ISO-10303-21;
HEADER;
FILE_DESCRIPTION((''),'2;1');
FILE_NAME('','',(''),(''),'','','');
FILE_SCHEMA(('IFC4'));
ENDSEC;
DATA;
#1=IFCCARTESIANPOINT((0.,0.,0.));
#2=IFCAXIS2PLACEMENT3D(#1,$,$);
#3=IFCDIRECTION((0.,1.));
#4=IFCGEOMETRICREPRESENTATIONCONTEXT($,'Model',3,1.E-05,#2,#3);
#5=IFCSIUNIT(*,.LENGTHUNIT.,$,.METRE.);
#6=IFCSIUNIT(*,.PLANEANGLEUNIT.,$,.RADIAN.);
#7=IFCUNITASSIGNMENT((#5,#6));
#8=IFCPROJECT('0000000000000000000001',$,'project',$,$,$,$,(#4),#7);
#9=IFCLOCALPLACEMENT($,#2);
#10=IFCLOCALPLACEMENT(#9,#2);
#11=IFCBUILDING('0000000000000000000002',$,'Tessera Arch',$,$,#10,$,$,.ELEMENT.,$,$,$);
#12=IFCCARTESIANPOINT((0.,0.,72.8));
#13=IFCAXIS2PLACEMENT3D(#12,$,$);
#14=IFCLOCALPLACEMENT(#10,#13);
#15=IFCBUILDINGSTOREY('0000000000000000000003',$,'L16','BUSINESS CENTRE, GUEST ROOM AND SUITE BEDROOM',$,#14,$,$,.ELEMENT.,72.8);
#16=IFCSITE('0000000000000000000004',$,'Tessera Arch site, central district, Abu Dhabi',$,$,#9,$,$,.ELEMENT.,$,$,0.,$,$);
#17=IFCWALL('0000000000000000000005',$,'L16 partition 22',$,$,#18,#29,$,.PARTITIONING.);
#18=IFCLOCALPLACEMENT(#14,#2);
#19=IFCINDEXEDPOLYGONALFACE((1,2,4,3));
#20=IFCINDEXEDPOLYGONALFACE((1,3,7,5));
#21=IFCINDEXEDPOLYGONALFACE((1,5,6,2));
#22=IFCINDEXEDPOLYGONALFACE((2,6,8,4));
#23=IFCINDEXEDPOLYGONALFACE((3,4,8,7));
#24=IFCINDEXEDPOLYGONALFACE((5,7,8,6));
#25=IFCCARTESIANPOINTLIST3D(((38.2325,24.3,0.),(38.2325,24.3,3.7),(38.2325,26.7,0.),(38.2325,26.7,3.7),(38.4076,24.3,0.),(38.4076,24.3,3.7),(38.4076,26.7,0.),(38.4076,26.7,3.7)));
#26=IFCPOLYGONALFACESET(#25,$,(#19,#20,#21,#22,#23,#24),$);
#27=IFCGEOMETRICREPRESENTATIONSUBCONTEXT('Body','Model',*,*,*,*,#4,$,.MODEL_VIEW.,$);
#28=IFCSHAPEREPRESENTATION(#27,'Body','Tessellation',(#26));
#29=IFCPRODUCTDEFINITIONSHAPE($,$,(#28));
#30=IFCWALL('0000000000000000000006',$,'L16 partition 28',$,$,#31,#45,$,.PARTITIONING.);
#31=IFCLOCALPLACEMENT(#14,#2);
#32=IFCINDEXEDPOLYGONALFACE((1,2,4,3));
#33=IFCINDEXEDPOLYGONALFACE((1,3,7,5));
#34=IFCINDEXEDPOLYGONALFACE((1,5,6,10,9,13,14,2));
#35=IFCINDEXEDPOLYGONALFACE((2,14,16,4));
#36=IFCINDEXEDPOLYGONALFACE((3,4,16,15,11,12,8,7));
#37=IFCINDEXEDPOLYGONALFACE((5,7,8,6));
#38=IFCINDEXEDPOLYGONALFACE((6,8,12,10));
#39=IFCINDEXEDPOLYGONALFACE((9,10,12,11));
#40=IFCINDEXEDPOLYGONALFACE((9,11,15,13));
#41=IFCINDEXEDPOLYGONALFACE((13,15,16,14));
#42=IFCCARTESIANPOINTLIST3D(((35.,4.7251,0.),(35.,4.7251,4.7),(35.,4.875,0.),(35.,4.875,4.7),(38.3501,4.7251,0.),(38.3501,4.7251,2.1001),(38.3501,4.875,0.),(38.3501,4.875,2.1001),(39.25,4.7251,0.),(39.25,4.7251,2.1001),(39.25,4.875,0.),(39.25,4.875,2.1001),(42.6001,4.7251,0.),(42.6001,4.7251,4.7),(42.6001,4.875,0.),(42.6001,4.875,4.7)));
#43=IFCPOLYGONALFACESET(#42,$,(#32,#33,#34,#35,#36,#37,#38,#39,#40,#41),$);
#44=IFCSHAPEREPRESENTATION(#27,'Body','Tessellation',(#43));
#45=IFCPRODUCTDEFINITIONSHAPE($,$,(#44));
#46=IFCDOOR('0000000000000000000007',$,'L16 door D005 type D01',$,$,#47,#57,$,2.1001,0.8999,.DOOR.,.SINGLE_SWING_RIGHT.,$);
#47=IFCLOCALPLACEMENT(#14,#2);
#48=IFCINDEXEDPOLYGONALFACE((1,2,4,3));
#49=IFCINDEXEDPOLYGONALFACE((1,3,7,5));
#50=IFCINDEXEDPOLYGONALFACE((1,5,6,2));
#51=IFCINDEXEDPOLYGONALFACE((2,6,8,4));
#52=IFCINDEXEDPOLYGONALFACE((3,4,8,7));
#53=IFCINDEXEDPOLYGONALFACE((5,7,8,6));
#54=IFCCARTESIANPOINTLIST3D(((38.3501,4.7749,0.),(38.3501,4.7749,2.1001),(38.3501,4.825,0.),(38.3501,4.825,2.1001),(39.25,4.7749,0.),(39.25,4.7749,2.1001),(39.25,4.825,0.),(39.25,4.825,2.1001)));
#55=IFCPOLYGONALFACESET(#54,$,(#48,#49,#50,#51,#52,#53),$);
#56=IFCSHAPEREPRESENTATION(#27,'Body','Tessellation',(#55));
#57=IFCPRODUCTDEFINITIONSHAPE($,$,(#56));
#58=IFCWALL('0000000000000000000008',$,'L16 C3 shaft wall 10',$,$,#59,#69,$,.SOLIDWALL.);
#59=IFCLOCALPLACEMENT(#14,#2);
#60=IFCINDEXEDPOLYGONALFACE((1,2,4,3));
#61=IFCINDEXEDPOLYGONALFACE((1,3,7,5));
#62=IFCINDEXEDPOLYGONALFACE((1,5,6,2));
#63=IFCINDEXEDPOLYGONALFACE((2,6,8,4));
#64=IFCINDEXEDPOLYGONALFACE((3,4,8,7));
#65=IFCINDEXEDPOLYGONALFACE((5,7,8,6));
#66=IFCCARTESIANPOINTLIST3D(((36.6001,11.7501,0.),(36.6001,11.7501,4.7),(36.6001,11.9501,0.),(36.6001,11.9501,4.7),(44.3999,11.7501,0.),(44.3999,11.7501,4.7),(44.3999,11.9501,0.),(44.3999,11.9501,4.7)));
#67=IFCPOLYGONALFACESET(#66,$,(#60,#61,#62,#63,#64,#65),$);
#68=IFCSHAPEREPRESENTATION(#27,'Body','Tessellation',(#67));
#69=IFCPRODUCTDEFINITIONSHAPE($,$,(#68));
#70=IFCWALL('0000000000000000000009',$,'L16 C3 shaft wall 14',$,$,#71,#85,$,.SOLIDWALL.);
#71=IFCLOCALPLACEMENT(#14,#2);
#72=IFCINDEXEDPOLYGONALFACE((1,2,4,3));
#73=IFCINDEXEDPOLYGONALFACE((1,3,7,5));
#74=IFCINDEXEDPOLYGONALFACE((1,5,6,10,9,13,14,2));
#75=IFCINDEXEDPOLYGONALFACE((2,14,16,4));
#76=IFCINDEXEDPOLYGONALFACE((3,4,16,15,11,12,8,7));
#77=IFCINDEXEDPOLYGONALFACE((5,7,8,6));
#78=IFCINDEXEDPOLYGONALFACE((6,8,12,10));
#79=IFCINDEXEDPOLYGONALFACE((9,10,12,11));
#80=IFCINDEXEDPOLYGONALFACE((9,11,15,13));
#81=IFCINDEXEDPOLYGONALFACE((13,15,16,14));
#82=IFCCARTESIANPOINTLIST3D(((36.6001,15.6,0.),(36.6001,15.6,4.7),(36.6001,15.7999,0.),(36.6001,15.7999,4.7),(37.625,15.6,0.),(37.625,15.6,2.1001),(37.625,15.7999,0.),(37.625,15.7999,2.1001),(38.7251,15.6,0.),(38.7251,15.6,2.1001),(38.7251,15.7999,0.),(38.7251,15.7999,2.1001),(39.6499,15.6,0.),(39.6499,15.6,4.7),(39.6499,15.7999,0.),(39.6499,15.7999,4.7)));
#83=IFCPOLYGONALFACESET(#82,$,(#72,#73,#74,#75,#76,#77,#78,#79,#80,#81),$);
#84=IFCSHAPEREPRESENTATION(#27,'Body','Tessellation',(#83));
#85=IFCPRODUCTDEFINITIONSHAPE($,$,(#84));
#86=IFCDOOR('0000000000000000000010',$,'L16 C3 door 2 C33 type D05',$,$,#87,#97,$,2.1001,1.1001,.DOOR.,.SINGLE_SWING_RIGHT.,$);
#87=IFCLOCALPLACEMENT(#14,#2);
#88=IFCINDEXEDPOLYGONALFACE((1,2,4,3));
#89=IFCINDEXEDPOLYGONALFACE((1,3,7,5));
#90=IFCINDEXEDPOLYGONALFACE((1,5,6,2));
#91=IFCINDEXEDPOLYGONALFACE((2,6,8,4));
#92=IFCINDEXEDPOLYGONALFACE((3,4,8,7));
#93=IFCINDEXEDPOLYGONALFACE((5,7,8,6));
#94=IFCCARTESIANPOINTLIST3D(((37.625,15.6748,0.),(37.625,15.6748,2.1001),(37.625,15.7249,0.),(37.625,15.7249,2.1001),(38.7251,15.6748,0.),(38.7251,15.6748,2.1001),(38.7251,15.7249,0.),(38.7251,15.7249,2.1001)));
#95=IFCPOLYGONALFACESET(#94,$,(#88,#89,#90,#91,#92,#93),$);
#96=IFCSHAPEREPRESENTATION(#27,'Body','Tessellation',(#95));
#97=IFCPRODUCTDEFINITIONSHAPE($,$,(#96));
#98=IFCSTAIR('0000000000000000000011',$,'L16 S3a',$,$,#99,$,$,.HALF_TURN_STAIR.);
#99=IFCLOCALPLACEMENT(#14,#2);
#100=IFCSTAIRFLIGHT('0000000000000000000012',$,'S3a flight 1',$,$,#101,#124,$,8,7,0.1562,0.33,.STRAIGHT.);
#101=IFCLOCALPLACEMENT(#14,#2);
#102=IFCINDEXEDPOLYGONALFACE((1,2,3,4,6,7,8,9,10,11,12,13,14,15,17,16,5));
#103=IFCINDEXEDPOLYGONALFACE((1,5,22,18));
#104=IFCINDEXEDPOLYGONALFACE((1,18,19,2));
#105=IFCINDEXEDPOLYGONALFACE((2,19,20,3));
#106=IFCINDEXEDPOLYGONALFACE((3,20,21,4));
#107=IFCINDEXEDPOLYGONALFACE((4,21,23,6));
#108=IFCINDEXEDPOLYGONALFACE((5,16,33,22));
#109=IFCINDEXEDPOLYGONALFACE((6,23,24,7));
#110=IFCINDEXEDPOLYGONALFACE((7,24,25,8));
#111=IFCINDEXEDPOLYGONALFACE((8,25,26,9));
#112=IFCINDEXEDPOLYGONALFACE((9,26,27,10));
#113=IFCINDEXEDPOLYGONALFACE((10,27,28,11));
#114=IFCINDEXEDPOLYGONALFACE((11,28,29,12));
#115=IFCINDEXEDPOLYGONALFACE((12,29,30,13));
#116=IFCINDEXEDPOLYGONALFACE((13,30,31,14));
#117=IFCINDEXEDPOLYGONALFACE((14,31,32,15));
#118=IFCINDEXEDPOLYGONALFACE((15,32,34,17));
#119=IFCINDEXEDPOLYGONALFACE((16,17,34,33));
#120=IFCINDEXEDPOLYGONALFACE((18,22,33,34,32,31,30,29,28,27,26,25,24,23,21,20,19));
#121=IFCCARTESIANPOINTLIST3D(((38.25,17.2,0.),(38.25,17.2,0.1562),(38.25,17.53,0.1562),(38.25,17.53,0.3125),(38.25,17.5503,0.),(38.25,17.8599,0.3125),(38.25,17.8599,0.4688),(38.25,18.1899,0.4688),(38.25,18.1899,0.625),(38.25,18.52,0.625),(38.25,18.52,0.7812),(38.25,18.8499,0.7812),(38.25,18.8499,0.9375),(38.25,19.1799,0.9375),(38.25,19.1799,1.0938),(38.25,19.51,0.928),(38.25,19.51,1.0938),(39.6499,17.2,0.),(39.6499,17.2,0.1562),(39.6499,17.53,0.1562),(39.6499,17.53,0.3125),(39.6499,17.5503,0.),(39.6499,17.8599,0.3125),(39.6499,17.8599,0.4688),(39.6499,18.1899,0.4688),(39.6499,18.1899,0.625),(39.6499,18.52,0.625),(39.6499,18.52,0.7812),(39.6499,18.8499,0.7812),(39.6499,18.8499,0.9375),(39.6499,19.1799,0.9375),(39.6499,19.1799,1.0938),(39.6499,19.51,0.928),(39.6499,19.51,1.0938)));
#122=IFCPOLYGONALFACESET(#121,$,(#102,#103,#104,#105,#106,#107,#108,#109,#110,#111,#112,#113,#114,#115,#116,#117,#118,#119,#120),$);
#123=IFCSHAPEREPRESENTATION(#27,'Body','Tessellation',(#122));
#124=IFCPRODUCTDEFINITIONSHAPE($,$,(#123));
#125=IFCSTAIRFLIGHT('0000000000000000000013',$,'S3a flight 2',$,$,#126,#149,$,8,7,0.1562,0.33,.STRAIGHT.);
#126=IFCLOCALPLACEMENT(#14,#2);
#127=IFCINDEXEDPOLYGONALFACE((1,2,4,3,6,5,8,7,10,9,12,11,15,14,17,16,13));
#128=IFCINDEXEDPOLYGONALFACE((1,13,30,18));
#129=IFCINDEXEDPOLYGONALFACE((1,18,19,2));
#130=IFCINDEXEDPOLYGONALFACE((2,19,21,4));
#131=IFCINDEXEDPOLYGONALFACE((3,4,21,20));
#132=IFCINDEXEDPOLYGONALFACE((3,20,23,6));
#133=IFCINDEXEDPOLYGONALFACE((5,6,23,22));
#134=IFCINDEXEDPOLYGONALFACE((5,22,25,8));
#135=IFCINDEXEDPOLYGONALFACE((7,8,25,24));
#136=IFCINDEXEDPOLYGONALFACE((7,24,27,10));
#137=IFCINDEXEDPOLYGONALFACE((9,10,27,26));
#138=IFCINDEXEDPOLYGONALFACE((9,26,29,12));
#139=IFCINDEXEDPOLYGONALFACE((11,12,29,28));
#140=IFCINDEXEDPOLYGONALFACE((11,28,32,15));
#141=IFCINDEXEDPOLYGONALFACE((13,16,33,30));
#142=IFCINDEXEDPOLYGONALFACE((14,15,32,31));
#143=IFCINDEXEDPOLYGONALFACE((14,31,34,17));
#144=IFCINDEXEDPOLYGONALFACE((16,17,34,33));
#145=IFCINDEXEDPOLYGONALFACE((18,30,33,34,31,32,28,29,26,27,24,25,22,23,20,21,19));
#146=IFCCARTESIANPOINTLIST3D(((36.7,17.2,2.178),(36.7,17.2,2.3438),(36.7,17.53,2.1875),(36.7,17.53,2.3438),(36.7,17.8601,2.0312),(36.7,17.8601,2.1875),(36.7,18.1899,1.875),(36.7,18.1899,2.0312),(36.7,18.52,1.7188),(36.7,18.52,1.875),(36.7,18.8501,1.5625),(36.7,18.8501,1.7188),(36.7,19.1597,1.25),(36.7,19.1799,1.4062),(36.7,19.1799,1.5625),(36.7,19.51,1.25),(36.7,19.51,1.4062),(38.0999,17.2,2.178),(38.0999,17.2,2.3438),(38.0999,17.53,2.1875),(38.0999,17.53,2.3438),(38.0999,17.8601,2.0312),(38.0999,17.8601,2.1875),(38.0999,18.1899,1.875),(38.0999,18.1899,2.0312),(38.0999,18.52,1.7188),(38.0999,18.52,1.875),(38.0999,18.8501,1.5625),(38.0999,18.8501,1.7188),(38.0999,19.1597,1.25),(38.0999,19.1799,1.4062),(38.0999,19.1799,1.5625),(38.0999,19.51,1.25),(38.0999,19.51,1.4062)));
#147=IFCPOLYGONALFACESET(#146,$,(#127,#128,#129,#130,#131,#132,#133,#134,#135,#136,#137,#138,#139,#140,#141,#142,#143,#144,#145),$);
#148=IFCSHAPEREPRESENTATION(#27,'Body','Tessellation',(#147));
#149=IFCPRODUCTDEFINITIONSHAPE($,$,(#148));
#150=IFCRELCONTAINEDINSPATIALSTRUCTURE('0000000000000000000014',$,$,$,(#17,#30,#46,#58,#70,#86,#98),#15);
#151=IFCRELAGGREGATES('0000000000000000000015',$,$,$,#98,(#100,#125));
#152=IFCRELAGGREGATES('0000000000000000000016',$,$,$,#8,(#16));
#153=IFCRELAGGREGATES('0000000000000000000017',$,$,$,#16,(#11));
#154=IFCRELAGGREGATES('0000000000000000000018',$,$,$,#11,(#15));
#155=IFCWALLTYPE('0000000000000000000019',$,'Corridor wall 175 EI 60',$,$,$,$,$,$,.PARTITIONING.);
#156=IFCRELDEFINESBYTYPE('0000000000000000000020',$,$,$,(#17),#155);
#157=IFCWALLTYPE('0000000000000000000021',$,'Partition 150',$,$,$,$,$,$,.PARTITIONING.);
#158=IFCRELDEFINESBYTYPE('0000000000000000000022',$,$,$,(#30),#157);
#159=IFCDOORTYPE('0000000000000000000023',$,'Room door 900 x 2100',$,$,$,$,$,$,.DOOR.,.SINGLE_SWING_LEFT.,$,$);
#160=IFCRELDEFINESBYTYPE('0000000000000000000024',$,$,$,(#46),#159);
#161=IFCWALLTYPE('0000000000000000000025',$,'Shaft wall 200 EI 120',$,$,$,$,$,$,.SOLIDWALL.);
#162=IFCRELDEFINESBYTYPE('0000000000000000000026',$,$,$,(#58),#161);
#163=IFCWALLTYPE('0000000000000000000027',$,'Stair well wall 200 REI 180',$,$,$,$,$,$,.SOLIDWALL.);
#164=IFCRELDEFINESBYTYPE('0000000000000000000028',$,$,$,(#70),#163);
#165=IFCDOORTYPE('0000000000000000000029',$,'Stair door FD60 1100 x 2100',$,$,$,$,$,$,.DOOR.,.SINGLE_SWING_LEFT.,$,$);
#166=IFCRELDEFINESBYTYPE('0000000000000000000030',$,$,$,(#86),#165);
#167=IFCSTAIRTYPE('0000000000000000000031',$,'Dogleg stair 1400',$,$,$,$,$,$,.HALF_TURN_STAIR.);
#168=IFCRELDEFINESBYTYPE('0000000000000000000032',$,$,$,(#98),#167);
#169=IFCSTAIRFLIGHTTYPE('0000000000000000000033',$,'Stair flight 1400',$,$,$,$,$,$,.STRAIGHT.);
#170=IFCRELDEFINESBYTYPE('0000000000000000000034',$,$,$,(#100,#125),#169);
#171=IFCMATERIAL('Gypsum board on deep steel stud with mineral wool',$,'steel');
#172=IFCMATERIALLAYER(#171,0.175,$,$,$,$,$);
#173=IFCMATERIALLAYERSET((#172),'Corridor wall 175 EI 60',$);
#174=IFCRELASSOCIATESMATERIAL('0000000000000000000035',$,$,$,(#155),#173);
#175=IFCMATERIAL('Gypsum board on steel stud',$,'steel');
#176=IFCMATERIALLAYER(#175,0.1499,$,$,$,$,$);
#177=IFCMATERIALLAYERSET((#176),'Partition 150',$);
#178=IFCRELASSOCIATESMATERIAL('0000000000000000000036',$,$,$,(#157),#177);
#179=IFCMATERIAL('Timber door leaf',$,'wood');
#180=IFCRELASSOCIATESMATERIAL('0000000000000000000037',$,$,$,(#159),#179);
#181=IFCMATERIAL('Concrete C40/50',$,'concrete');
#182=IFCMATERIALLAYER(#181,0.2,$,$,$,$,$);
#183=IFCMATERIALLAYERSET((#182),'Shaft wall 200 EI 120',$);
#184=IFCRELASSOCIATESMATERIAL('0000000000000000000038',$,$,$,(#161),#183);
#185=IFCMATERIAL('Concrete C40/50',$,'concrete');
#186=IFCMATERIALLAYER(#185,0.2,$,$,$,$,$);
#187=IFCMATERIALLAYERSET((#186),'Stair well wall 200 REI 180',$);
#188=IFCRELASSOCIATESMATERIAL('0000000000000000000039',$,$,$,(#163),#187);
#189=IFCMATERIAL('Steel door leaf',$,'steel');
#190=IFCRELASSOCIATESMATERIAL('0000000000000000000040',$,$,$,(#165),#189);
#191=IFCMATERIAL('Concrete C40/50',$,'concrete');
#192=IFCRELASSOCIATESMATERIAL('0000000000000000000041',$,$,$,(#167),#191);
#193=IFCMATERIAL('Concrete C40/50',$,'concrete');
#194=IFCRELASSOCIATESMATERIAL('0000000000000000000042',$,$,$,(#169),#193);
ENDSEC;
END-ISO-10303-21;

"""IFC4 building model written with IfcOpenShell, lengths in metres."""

from ifc_helpers import new_model, si_unit, direction, frame, frame_2d, origin, place, context, subcontext, project, spatial, polyline, rectangle, outline, extrude, material, layer, layer_set, type_object, element, fill, aggregate, save


model = new_model("IFC4")

# Units and contexts
model_context = context("Model", 3, precision=1e-05, world=origin(), true_north=direction((0.0, 1.0)))
body_context = subcontext(model_context, "Body", "Model", "MODEL_VIEW")
ifc_project = project(units=[si_unit("LENGTHUNIT", "METRE"), si_unit("PLANEANGLEUNIT", "RADIAN")], contexts=[model_context])

# Site, building, storey
site_placement = place(None, origin())
site = spatial("IfcSite", under=ifc_project, at=site_placement, Name="Tessera Arch site, central district, Abu Dhabi", CompositionType="ELEMENT", RefElevation=0.0)
building_placement = place(site_placement, origin())
building = spatial("IfcBuilding", under=site, at=building_placement, Name="Tessera Arch", CompositionType="ELEMENT")
storey_placement = place(building_placement, frame((0.0, 0.0, 72.8)))
storey = spatial("IfcBuildingStorey", under=building, at=storey_placement, Name="L16", Description="BUSINESS CENTRE, GUEST ROOM AND SUITE BEDROOM", CompositionType="ELEMENT", Elevation=72.8)

# Shared definitions
ifc_material_1 = material(Name="Gypsum board on deep steel stud with mineral wool", Category="steel")
ifc_layer_1 = layer(ifc_material_1, 0.175)
ifc_layer_set_1 = layer_set([ifc_layer_1], Name="Corridor wall 175 EI 60")
wall_type_1 = type_object("IfcWallType", Name="Corridor wall 175 EI 60", PredefinedType="PARTITIONING", material=ifc_layer_set_1)

# Wall
wall_1_placement = place(storey_placement, frame((38.3201, 24.3, 0.0), z_axis=(0.0, 0.0, 1.0), x_axis=(0.0, 1.0, 0.0)))
element("IfcWall", 1, at=wall_1_placement, inside=storey, type_object=wall_type_1, Name="L16 partition 22", PredefinedType="PARTITIONING", context=body_context, shape_type="SweptSolid", body=[
    extrude(rectangle(XDim=2.3999, YDim=0.175, at=frame_2d((1.2, 0.0))), origin(), (0.0, 0.0, 1.0), 3.7),
])

# Wall, opening, door
ifc_material_2 = material(Name="Gypsum board on steel stud", Category="steel")
ifc_layer_2 = layer(ifc_material_2, 0.1499)
ifc_layer_set_2 = layer_set([ifc_layer_2], Name="Partition 150")
wall_type_2 = type_object("IfcWallType", Name="Partition 150", PredefinedType="PARTITIONING", material=ifc_layer_set_2)
wall_2_placement = place(storey_placement, frame((35.0, 4.8, 0.0), z_axis=(0.0, 0.0, 1.0), x_axis=(1.0, 0.0, 0.0)))
wall_2 = element("IfcWall", 2, at=wall_2_placement, inside=storey, type_object=wall_type_2, Name="L16 partition 28", PredefinedType="PARTITIONING", context=body_context, shape_type="SweptSolid", body=[
    extrude(rectangle(XDim=7.6001, YDim=0.1499, at=frame_2d((3.8, 0.0))), origin(), (0.0, 0.0, 1.0), 4.7),
])
opening_1_placement = place(wall_2_placement, frame((3.3501, 0.0, 0.0)))
opening_1 = element("IfcOpeningElement", 3, at=opening_1_placement, cuts=wall_2, PredefinedType="OPENING", context=body_context, shape_type="SweptSolid", body=[
    extrude(rectangle(XDim=0.8999, YDim=2.1001, at=frame_2d((0.45, 1.05))), frame((0.0, 0.085, 0.0), z_axis=(0.0, -1.0, 0.0), x_axis=(1.0, 0.0, 0.0)), (0.0, 0.0, 1.0), 0.1699),
])
ifc_material_3 = material(Name="Timber door leaf", Category="wood")
door_type_1 = type_object("IfcDoorType", Name="Room door 900 x 2100", OperationType="SINGLE_SWING_LEFT", PredefinedType="DOOR", material=ifc_material_3)
door_1_placement = place(opening_1_placement, origin())
door_1 = element("IfcDoor", 4, at=door_1_placement, inside=storey, type_object=door_type_1, Name="L16 door D005 type D01", OperationType="SINGLE_SWING_RIGHT", OverallHeight=2.1001, OverallWidth=0.8999, PredefinedType="DOOR", context=body_context, shape_type="SweptSolid", body=[
    extrude(rectangle(XDim=0.8999, YDim=2.1001, at=frame_2d((0.45, 1.05))), frame((0.0, 0.0249, 0.0), z_axis=(0.0, -1.0, 0.0), x_axis=(1.0, 0.0, 0.0)), (0.0, 0.0, 1.0), 0.05),
])
fill(opening_1, door_1)

# Wall
ifc_material_4 = material(Name="Concrete C40/50", Category="concrete")
ifc_layer_3 = layer(ifc_material_4, 0.2)
ifc_layer_set_3 = layer_set([ifc_layer_3], Name="Shaft wall 200 EI 120")
wall_type_3 = type_object("IfcWallType", Name="Shaft wall 200 EI 120", PredefinedType="SOLIDWALL", material=ifc_layer_set_3)
wall_3_placement = place(storey_placement, frame((36.6001, 11.8501, 0.0), z_axis=(0.0, 0.0, 1.0), x_axis=(1.0, 0.0, 0.0)))
element("IfcWall", 5, at=wall_3_placement, inside=storey, type_object=wall_type_3, Name="L16 C3 shaft wall 10", PredefinedType="SOLIDWALL", context=body_context, shape_type="SweptSolid", body=[
    extrude(rectangle(XDim=7.7998, YDim=0.2, at=frame_2d((3.8999, 0.0))), origin(), (0.0, 0.0, 1.0), 4.7),
])

# Wall, opening, door
ifc_material_5 = material(Name="Concrete C40/50", Category="concrete")
ifc_layer_4 = layer(ifc_material_5, 0.2)
ifc_layer_set_4 = layer_set([ifc_layer_4], Name="Stair well wall 200 REI 180")
wall_type_4 = type_object("IfcWallType", Name="Stair well wall 200 REI 180", PredefinedType="SOLIDWALL", material=ifc_layer_set_4)
wall_4_placement = place(storey_placement, frame((36.6001, 15.7, 0.0), z_axis=(0.0, 0.0, 1.0), x_axis=(1.0, 0.0, 0.0)))
wall_4 = element("IfcWall", 6, at=wall_4_placement, inside=storey, type_object=wall_type_4, Name="L16 C3 shaft wall 14", PredefinedType="SOLIDWALL", context=body_context, shape_type="SweptSolid", body=[
    extrude(rectangle(XDim=3.0498, YDim=0.2, at=frame_2d((1.5249, 0.0))), origin(), (0.0, 0.0, 1.0), 4.7),
])
opening_2_placement = place(wall_4_placement, frame((1.0249, 0.0, 0.0)))
opening_2 = element("IfcOpeningElement", 7, at=opening_2_placement, cuts=wall_4, PredefinedType="OPENING", context=body_context, shape_type="SweptSolid", body=[
    extrude(rectangle(XDim=1.1001, YDim=2.1001, at=frame_2d((0.55, 1.05))), frame((0.0, 0.1099, 0.0), z_axis=(0.0, -1.0, 0.0), x_axis=(1.0, 0.0, 0.0)), (0.0, 0.0, 1.0), 0.22),
])
ifc_material_6 = material(Name="Steel door leaf", Category="steel")
door_type_2 = type_object("IfcDoorType", Name="Stair door FD60 1100 x 2100", OperationType="SINGLE_SWING_LEFT", PredefinedType="DOOR", material=ifc_material_6)
door_2_placement = place(opening_2_placement, origin())
door_2 = element("IfcDoor", 8, at=door_2_placement, inside=storey, type_object=door_type_2, Name="L16 C3 door 2 C33 type D05", OperationType="SINGLE_SWING_RIGHT", OverallHeight=2.1001, OverallWidth=1.1001, PredefinedType="DOOR", context=body_context, shape_type="SweptSolid", body=[
    extrude(rectangle(XDim=1.1001, YDim=2.1001, at=frame_2d((0.55, 1.05))), frame((0.0, 0.0249, 0.0), z_axis=(0.0, -1.0, 0.0), x_axis=(1.0, 0.0, 0.0)), (0.0, 0.0, 1.0), 0.05),
])
fill(opening_2, door_2)

# Stair, stair flights
ifc_material_7 = material(Name="Concrete C40/50", Category="concrete")
stair_type = type_object("IfcStairType", Name="Dogleg stair 1400", PredefinedType="HALF_TURN_STAIR", material=ifc_material_7)
stair_placement = place(storey_placement, origin())
stair = element("IfcStair", 9, at=stair_placement, inside=storey, type_object=stair_type, Name="L16 S3a", PredefinedType="HALF_TURN_STAIR")
ifc_material_8 = material(Name="Concrete C40/50", Category="concrete")
stair_flight_type = type_object("IfcStairFlightType", Name="Stair flight 1400", PredefinedType="STRAIGHT", material=ifc_material_8)
stair_flight_1_placement = place(storey_placement, frame((38.95, 17.2, 0.0), z_axis=(0.0, 0.0, 1.0), x_axis=(0.0, 1.0, 0.0)))
stair_flight_1 = element("IfcStairFlight", 10, at=stair_flight_1_placement, type_object=stair_flight_type, Name="S3a flight 1", NumberOfRisers=8, NumberOfTreads=7, PredefinedType="STRAIGHT", RiserHeight=0.1562, TreadLength=0.33, context=body_context, shape_type="SweptSolid", body=[
    extrude(outline(polyline([(0.0, 0.0), (0.0, 0.1562), (0.3301, 0.1562), (0.3301, 0.3125), (0.6599, 0.3125), (0.6599, 0.4688), (0.99, 0.4688), (0.99, 0.625), (1.3201, 0.625), (1.3201, 0.7812), (1.6499, 0.7812), (1.6499, 0.9375), (1.98, 0.9375), (1.98, 1.0938), (2.3101, 1.0938), (2.3101, 1.25), (2.3101, 0.928), (0.3503, 0.0), (0.0, 0.0)])), frame((0.0, 0.7, 0.0), z_axis=(0.0, -1.0, 0.0), x_axis=(1.0, 0.0, 0.0)), (0.0, 0.0, 1.0), 1.3999),
])
stair_flight_2_placement = place(storey_placement, frame((37.3999, 19.51, 1.25), z_axis=(0.0, 0.0, 1.0), x_axis=(0.0, -1.0, 0.0)))
stair_flight_2 = element("IfcStairFlight", 11, at=stair_flight_2_placement, type_object=stair_flight_type, Name="S3a flight 2", NumberOfRisers=8, NumberOfTreads=7, PredefinedType="STRAIGHT", RiserHeight=0.1562, TreadLength=0.33, context=body_context, shape_type="SweptSolid", body=[
    extrude(outline(polyline([(0.0, 0.0), (0.0, 0.1562), (0.3301, 0.1562), (0.3301, 0.3125), (0.6599, 0.3125), (0.6599, 0.4688), (0.99, 0.4688), (0.99, 0.625), (1.3201, 0.625), (1.3201, 0.7812), (1.6499, 0.7812), (1.6499, 0.9375), (1.98, 0.9375), (1.98, 1.0938), (2.3101, 1.0938), (2.3101, 1.25), (2.3101, 0.928), (0.3503, 0.0), (0.0, 0.0)])), frame((0.0, 0.7, 0.0), z_axis=(0.0, -1.0, 0.0), x_axis=(1.0, 0.0, 0.0)), (0.0, 0.0, 1.0), 1.3999),
])
aggregate(stair, [stair_flight_1, stair_flight_2])

save(model, "model.ifc")
